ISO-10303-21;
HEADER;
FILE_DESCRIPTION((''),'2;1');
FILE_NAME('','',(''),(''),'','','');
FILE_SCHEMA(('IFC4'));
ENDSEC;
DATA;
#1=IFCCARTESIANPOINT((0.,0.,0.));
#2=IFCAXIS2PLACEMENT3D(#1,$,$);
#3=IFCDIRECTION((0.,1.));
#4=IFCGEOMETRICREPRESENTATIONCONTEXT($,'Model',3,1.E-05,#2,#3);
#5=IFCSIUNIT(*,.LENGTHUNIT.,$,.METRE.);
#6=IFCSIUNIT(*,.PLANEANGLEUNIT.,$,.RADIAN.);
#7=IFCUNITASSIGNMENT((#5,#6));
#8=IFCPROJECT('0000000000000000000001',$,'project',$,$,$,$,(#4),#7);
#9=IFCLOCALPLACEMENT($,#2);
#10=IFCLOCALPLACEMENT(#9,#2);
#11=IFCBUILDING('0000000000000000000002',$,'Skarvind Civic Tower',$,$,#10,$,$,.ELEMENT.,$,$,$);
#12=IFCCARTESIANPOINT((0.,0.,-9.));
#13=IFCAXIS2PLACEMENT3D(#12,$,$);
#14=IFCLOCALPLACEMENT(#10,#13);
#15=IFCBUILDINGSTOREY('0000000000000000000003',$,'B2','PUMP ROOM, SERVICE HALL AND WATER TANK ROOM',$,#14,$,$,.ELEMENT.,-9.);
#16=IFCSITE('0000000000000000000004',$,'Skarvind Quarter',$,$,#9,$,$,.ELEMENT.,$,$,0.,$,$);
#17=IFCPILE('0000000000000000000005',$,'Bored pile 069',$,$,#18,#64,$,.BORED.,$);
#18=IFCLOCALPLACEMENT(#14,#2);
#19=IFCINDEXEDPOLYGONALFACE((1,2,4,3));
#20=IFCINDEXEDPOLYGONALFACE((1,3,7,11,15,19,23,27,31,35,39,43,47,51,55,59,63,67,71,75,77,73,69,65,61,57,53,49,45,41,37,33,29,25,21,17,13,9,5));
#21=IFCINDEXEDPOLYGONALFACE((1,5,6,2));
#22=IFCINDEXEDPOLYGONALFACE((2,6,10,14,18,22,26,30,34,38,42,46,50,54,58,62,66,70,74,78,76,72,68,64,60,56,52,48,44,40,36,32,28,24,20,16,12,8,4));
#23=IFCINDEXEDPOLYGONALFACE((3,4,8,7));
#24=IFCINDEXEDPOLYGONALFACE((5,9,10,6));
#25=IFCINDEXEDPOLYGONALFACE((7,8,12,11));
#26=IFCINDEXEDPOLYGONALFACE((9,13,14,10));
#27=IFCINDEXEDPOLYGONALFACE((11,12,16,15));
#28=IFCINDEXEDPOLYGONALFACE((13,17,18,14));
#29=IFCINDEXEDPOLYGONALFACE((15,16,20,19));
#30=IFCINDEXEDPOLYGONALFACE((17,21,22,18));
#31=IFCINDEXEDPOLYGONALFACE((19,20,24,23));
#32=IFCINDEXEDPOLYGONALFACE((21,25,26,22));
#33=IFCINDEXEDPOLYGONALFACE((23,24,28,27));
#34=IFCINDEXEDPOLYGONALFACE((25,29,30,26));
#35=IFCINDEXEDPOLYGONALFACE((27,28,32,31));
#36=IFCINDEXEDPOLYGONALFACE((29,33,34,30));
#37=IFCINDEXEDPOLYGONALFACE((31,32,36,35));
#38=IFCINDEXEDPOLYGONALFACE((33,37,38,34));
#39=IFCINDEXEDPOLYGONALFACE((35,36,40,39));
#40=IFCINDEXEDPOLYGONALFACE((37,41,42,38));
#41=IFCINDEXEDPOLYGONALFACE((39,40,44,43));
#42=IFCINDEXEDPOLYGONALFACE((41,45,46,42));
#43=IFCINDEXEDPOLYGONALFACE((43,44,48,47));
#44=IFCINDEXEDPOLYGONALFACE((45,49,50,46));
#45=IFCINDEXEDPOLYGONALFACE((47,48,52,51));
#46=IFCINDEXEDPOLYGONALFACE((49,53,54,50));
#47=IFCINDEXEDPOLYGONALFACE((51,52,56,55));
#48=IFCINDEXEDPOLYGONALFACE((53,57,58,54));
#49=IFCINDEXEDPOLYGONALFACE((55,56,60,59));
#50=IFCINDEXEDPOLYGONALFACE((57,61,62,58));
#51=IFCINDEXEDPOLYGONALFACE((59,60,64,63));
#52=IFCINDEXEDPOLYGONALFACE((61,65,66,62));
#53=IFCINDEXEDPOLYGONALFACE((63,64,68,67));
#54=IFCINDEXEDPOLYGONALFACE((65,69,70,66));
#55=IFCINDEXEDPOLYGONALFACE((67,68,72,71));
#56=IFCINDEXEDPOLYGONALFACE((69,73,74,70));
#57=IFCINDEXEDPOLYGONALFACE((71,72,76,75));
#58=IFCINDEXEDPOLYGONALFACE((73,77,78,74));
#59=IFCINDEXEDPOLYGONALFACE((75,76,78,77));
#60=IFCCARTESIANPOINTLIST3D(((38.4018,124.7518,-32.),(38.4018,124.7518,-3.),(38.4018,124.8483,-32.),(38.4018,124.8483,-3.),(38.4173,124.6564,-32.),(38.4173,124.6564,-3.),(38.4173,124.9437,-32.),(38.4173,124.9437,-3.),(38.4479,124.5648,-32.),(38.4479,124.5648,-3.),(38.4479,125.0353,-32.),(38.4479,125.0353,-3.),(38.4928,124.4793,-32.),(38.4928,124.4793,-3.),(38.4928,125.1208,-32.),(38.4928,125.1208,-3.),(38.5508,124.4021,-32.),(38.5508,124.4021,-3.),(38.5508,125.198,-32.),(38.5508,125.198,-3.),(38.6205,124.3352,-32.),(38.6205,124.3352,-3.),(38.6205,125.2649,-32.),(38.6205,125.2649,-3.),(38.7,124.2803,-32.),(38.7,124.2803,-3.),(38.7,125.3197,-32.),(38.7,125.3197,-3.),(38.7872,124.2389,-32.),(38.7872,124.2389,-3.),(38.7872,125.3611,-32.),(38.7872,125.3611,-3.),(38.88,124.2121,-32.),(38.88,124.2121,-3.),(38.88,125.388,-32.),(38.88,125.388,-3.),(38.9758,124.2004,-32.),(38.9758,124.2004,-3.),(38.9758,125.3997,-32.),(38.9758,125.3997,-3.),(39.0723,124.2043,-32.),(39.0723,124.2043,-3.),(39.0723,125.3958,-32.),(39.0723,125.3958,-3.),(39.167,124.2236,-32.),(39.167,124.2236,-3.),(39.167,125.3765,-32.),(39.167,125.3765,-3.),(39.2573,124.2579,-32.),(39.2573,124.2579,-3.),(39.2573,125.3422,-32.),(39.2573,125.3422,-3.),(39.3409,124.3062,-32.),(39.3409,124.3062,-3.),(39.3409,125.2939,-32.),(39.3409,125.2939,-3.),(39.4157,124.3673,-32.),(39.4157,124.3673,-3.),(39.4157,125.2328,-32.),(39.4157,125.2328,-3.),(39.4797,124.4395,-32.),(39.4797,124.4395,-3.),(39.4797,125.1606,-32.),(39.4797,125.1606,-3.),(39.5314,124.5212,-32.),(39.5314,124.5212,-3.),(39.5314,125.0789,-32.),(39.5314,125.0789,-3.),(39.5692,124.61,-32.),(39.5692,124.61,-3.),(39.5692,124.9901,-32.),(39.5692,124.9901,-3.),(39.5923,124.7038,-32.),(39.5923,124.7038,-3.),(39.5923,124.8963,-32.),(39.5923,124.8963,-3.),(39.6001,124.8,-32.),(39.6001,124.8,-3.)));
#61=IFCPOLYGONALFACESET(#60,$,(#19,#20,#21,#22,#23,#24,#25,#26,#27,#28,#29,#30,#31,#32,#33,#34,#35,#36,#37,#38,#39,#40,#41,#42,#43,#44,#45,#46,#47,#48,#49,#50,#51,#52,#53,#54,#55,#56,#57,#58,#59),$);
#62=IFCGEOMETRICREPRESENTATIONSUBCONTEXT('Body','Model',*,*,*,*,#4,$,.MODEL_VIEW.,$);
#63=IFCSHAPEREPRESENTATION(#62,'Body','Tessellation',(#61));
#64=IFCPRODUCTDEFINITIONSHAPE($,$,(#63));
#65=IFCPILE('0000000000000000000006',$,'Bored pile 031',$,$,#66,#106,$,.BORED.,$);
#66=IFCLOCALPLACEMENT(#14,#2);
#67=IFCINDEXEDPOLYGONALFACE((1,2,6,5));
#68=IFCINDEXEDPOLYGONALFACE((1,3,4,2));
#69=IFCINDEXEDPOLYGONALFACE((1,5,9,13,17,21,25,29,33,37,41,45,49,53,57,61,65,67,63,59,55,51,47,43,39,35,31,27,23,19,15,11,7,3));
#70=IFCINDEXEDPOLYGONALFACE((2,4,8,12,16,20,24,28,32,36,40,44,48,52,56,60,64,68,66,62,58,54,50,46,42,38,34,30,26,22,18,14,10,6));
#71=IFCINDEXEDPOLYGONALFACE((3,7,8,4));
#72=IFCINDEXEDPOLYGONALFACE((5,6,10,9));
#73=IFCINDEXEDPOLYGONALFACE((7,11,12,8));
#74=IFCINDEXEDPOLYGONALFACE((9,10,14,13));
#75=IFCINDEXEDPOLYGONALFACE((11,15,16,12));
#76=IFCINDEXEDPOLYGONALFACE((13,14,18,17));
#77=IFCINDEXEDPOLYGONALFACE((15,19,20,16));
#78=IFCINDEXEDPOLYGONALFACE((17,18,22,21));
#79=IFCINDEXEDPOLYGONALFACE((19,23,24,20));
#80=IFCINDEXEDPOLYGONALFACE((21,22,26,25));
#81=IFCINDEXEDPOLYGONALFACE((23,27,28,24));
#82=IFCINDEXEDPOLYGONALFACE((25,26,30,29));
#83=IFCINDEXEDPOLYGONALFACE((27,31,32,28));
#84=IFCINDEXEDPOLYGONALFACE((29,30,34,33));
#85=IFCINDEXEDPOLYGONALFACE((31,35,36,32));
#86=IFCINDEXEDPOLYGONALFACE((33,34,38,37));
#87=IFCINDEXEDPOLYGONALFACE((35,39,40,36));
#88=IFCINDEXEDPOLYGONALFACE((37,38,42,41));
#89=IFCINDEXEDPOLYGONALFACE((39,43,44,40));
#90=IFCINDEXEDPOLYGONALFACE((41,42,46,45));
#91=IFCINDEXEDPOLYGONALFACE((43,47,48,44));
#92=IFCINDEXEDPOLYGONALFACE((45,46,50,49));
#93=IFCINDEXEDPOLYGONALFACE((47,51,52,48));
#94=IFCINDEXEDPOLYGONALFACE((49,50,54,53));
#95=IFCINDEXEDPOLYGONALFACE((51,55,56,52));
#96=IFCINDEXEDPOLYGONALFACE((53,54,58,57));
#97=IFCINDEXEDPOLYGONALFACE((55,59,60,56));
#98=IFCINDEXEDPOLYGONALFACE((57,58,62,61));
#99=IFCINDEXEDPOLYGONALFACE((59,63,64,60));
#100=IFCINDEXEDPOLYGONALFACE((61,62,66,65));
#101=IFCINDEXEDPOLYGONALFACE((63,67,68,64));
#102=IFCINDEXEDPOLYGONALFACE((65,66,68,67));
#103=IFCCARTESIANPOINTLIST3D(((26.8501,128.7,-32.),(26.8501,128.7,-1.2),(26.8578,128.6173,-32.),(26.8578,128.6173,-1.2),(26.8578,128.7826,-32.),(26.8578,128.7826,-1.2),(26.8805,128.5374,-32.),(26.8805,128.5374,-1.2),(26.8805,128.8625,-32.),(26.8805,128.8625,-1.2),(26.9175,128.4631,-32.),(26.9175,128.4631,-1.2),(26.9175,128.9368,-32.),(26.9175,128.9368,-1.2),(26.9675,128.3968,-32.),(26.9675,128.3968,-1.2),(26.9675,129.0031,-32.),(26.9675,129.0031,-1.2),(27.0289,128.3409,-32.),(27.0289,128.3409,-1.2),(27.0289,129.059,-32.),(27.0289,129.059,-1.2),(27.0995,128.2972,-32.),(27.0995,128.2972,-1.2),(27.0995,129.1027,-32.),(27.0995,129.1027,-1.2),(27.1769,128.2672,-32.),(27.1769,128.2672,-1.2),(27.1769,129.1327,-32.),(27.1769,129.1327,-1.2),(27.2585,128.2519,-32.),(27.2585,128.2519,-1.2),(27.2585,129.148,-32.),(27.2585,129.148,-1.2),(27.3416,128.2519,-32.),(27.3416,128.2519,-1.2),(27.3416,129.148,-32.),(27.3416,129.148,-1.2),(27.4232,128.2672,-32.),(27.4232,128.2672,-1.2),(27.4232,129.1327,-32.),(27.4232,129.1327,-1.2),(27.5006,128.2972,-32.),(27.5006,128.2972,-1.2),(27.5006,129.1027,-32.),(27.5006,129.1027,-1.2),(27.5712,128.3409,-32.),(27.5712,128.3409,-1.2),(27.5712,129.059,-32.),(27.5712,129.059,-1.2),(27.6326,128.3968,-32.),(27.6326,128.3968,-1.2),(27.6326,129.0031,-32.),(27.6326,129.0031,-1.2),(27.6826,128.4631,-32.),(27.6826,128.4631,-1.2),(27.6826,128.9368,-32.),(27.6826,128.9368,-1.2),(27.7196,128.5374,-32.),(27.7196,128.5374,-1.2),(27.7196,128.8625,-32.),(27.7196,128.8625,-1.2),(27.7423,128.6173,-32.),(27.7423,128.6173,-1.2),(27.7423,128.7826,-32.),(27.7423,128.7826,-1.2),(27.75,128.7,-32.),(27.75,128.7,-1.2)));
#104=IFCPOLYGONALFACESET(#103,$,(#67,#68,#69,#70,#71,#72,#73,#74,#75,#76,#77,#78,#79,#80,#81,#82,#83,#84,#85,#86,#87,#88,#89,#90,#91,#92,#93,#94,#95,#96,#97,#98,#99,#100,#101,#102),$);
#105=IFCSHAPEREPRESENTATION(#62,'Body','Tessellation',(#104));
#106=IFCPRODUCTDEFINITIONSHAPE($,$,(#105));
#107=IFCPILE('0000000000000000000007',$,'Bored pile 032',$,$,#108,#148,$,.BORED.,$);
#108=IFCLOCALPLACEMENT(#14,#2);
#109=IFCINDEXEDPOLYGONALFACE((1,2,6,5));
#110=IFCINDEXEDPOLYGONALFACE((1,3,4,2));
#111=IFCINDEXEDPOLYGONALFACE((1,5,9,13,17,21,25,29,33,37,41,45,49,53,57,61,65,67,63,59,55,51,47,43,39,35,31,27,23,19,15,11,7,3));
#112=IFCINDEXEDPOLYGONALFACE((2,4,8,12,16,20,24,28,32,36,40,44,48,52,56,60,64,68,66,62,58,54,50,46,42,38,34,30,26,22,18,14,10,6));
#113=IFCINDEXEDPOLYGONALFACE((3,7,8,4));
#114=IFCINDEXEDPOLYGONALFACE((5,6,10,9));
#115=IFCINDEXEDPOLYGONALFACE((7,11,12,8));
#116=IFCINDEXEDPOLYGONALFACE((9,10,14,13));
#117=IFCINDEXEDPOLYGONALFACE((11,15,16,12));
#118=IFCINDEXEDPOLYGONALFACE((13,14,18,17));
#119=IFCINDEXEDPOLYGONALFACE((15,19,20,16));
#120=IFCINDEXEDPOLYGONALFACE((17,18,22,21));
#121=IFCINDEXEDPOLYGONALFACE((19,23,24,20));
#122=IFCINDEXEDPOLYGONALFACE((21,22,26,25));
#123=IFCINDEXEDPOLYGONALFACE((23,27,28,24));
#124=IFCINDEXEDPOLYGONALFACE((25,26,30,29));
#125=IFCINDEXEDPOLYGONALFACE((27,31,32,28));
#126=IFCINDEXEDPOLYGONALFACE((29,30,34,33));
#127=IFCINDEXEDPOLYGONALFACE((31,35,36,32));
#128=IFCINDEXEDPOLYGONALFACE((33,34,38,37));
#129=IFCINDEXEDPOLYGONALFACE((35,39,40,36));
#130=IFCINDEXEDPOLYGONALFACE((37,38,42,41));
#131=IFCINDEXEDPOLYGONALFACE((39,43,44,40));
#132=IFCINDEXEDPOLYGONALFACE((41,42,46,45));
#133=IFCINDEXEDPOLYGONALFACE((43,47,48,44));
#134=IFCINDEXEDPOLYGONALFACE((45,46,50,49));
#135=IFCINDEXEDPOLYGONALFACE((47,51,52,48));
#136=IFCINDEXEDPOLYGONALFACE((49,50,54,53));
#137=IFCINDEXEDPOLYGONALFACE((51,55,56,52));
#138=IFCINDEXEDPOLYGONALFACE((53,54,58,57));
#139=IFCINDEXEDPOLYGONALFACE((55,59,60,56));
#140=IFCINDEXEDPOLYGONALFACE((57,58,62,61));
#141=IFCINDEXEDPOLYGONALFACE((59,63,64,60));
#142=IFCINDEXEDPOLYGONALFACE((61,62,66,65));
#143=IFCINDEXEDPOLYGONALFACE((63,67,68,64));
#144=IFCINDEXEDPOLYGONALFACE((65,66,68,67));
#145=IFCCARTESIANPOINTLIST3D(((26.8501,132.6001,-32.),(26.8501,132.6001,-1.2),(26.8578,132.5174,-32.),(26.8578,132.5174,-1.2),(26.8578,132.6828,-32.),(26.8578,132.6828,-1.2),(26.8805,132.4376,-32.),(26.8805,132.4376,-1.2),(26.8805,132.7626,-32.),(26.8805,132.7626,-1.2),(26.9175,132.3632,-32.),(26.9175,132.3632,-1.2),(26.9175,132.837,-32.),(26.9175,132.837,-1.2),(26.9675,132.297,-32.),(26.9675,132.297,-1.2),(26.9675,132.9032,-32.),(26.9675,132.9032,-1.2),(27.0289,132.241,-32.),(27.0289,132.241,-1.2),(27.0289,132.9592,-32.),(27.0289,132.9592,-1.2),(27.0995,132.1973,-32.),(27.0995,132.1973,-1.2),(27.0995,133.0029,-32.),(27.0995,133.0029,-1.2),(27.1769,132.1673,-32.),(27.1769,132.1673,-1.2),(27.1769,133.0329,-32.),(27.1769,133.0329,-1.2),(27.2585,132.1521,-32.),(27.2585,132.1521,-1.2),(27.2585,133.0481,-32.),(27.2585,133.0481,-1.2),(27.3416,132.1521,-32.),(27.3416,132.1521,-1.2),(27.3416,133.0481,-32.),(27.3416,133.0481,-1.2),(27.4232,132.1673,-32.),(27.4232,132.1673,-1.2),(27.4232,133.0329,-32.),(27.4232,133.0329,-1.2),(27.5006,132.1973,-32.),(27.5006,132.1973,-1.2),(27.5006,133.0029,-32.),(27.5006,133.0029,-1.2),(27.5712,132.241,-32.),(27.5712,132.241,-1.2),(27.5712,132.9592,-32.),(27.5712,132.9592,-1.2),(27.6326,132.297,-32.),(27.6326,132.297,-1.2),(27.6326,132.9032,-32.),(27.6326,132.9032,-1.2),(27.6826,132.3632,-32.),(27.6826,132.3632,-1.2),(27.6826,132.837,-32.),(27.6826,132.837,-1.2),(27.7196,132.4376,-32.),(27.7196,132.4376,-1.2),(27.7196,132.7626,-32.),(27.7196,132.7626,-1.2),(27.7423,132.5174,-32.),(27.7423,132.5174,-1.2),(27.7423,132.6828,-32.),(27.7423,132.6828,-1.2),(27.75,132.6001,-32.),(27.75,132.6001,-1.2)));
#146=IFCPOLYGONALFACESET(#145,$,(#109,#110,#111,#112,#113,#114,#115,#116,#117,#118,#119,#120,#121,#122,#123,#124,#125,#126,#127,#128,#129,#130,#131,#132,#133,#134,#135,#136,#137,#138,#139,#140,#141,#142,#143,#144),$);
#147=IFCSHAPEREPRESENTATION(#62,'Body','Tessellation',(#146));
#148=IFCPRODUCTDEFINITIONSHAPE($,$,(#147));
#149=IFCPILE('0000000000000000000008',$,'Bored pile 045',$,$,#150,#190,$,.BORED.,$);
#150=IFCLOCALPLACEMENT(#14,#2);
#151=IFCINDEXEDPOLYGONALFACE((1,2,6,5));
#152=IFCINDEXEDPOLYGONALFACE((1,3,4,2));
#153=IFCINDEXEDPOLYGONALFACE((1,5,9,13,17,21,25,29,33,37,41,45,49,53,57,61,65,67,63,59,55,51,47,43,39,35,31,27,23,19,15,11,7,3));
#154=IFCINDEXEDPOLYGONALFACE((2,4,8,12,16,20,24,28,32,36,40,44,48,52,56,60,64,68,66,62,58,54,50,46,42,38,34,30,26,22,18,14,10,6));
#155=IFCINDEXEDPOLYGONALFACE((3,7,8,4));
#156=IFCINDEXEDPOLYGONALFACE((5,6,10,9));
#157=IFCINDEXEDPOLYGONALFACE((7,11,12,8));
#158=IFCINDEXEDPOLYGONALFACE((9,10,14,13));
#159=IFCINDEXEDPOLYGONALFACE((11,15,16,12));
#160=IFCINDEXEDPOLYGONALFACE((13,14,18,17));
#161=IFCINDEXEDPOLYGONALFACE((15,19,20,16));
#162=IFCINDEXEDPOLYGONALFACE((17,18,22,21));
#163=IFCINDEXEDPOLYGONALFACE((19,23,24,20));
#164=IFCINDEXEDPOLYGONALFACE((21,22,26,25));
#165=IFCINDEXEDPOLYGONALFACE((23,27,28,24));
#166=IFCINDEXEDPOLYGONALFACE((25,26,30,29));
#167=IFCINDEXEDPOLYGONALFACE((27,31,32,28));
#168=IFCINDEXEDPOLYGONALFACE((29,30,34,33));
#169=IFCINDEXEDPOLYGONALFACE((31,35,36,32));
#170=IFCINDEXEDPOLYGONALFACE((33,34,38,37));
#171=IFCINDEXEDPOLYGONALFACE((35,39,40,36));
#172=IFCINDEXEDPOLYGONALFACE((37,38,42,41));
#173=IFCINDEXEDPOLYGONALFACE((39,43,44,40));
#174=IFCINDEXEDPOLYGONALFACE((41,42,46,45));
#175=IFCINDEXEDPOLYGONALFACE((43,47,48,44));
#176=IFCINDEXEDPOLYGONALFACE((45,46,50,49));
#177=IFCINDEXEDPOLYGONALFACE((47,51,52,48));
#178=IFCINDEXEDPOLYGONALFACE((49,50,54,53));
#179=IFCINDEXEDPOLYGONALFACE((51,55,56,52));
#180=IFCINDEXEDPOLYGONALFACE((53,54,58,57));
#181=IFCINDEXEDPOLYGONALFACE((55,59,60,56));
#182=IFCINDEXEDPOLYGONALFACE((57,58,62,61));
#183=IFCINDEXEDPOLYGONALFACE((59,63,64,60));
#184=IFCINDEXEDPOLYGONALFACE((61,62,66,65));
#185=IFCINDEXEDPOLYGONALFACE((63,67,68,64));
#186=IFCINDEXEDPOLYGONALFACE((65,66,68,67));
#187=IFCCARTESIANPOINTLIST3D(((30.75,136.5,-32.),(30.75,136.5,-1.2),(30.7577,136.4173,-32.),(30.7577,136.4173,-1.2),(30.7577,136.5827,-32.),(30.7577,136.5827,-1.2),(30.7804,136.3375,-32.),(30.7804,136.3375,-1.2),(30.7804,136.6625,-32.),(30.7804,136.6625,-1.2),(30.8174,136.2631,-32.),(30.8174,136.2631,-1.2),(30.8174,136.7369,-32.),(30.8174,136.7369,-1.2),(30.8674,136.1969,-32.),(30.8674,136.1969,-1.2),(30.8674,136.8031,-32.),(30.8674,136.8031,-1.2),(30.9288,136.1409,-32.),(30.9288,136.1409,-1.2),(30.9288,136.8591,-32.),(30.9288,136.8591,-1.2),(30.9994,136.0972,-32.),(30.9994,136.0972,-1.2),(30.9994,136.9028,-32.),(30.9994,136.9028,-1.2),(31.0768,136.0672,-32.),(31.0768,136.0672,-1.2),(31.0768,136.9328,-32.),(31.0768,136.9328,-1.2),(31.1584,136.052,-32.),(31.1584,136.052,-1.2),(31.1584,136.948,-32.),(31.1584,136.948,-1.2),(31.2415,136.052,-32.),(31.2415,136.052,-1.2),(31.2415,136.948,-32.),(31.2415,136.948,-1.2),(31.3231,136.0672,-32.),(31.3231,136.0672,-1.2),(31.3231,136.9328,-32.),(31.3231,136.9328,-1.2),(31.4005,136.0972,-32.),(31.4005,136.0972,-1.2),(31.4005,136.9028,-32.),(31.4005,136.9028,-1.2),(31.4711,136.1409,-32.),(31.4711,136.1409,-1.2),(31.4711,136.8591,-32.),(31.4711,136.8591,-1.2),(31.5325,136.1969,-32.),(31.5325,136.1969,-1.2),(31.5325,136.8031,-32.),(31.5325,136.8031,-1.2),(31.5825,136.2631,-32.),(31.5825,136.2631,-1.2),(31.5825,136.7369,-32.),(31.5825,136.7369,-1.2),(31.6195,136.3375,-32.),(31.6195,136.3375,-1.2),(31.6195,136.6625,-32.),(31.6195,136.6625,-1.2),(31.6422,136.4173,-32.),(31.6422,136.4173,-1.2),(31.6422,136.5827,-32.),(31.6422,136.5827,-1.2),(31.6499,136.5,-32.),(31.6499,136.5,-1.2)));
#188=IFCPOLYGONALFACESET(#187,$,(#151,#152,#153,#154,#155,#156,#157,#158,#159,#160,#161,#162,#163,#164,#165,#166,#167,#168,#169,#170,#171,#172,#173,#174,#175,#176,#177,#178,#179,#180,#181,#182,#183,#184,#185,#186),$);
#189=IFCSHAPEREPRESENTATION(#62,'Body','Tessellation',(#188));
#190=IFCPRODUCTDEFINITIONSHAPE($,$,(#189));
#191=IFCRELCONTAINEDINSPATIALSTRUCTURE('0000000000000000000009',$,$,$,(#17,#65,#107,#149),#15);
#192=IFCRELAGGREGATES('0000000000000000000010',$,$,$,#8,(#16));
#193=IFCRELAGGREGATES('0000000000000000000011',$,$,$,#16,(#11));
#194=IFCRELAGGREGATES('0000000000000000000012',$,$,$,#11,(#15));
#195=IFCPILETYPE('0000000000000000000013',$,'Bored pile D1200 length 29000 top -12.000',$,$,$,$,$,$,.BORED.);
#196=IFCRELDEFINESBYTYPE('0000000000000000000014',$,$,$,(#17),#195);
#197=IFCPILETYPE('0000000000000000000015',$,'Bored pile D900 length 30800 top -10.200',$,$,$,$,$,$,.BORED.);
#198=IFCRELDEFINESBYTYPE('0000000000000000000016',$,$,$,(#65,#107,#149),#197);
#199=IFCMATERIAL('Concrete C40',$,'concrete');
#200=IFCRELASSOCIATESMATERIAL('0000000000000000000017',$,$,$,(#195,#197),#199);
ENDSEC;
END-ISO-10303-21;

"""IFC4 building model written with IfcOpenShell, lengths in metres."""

from ifc_helpers import new_model, si_unit, direction, frame, origin, origin_2d, place, context, subcontext, project, spatial, circle, extrude, material, type_object, element, save


model = new_model("IFC4")

# Units and contexts
model_context = context("Model", 3, precision=1e-05, world=origin(), true_north=direction((0.0, 1.0)))
body_context = subcontext(model_context, "Body", "Model", "MODEL_VIEW")
ifc_project = project(units=[si_unit("LENGTHUNIT", "METRE"), si_unit("PLANEANGLEUNIT", "RADIAN")], contexts=[model_context])

# Site, building, storey
site_placement = place(None, origin())
site = spatial("IfcSite", under=ifc_project, at=site_placement, Name="Skarvind Quarter", CompositionType="ELEMENT", RefElevation=0.0)
building_placement = place(site_placement, origin())
building = spatial("IfcBuilding", under=site, at=building_placement, Name="Skarvind Civic Tower", CompositionType="ELEMENT")
storey_placement = place(building_placement, frame((0.0, 0.0, -9.0)))
storey = spatial("IfcBuildingStorey", under=building, at=storey_placement, Name="B2", Description="PUMP ROOM, SERVICE HALL AND WATER TANK ROOM", CompositionType="ELEMENT", Elevation=-9.0)

# Piles
ifc_material_1 = material(Name="Concrete C40", Category="concrete")
pile_type_1 = type_object("IfcPileType", Name="Bored pile D1200 length 29000 top -12.000", PredefinedType="BORED", material=ifc_material_1)
pile_placement = place(storey_placement, frame((39.0, 124.8, -3.0), z_axis=(0.0, 0.0, -1.0), x_axis=(1.0, 0.0, 0.0)))
element("IfcPile", 1, at=pile_placement, inside=storey, type_object=pile_type_1, Name="Bored pile 069", PredefinedType="BORED", context=body_context, shape_type="SweptSolid", body=[
    extrude(circle(Radius=0.6001, at=origin_2d()), origin(), (0.0, 0.0, 1.0), 29.0),
])
pile_type_2 = type_object("IfcPileType", Name="Bored pile D900 length 30800 top -10.200", PredefinedType="BORED", material=ifc_material_1)
for number, where, z_axis, x_axis, name in (
    (2, (27.3, 128.7, -1.2), (0.0, 0.0, -1.0), (1.0, 0.0, 0.0), "Bored pile 031"),
    (3, (27.3, 132.6001, -1.2), (0.0, 0.0, -1.0), (1.0, 0.0, 0.0), "Bored pile 032"),
    (4, (31.2, 136.5, -1.2), (0.0, 0.0, -1.0), (1.0, 0.0, 0.0), "Bored pile 045"),
):
    element("IfcPile", number, at=place(storey_placement, frame(where, z_axis=z_axis, x_axis=x_axis)), inside=storey, type_object=pile_type_2, Name=name, PredefinedType="BORED", context=body_context, shape_type="SweptSolid", body=[
        extrude(circle(Radius=0.45, at=origin_2d()), origin(), (0.0, 0.0, 1.0), 30.8),
    ])

save(model, "model.ifc")
